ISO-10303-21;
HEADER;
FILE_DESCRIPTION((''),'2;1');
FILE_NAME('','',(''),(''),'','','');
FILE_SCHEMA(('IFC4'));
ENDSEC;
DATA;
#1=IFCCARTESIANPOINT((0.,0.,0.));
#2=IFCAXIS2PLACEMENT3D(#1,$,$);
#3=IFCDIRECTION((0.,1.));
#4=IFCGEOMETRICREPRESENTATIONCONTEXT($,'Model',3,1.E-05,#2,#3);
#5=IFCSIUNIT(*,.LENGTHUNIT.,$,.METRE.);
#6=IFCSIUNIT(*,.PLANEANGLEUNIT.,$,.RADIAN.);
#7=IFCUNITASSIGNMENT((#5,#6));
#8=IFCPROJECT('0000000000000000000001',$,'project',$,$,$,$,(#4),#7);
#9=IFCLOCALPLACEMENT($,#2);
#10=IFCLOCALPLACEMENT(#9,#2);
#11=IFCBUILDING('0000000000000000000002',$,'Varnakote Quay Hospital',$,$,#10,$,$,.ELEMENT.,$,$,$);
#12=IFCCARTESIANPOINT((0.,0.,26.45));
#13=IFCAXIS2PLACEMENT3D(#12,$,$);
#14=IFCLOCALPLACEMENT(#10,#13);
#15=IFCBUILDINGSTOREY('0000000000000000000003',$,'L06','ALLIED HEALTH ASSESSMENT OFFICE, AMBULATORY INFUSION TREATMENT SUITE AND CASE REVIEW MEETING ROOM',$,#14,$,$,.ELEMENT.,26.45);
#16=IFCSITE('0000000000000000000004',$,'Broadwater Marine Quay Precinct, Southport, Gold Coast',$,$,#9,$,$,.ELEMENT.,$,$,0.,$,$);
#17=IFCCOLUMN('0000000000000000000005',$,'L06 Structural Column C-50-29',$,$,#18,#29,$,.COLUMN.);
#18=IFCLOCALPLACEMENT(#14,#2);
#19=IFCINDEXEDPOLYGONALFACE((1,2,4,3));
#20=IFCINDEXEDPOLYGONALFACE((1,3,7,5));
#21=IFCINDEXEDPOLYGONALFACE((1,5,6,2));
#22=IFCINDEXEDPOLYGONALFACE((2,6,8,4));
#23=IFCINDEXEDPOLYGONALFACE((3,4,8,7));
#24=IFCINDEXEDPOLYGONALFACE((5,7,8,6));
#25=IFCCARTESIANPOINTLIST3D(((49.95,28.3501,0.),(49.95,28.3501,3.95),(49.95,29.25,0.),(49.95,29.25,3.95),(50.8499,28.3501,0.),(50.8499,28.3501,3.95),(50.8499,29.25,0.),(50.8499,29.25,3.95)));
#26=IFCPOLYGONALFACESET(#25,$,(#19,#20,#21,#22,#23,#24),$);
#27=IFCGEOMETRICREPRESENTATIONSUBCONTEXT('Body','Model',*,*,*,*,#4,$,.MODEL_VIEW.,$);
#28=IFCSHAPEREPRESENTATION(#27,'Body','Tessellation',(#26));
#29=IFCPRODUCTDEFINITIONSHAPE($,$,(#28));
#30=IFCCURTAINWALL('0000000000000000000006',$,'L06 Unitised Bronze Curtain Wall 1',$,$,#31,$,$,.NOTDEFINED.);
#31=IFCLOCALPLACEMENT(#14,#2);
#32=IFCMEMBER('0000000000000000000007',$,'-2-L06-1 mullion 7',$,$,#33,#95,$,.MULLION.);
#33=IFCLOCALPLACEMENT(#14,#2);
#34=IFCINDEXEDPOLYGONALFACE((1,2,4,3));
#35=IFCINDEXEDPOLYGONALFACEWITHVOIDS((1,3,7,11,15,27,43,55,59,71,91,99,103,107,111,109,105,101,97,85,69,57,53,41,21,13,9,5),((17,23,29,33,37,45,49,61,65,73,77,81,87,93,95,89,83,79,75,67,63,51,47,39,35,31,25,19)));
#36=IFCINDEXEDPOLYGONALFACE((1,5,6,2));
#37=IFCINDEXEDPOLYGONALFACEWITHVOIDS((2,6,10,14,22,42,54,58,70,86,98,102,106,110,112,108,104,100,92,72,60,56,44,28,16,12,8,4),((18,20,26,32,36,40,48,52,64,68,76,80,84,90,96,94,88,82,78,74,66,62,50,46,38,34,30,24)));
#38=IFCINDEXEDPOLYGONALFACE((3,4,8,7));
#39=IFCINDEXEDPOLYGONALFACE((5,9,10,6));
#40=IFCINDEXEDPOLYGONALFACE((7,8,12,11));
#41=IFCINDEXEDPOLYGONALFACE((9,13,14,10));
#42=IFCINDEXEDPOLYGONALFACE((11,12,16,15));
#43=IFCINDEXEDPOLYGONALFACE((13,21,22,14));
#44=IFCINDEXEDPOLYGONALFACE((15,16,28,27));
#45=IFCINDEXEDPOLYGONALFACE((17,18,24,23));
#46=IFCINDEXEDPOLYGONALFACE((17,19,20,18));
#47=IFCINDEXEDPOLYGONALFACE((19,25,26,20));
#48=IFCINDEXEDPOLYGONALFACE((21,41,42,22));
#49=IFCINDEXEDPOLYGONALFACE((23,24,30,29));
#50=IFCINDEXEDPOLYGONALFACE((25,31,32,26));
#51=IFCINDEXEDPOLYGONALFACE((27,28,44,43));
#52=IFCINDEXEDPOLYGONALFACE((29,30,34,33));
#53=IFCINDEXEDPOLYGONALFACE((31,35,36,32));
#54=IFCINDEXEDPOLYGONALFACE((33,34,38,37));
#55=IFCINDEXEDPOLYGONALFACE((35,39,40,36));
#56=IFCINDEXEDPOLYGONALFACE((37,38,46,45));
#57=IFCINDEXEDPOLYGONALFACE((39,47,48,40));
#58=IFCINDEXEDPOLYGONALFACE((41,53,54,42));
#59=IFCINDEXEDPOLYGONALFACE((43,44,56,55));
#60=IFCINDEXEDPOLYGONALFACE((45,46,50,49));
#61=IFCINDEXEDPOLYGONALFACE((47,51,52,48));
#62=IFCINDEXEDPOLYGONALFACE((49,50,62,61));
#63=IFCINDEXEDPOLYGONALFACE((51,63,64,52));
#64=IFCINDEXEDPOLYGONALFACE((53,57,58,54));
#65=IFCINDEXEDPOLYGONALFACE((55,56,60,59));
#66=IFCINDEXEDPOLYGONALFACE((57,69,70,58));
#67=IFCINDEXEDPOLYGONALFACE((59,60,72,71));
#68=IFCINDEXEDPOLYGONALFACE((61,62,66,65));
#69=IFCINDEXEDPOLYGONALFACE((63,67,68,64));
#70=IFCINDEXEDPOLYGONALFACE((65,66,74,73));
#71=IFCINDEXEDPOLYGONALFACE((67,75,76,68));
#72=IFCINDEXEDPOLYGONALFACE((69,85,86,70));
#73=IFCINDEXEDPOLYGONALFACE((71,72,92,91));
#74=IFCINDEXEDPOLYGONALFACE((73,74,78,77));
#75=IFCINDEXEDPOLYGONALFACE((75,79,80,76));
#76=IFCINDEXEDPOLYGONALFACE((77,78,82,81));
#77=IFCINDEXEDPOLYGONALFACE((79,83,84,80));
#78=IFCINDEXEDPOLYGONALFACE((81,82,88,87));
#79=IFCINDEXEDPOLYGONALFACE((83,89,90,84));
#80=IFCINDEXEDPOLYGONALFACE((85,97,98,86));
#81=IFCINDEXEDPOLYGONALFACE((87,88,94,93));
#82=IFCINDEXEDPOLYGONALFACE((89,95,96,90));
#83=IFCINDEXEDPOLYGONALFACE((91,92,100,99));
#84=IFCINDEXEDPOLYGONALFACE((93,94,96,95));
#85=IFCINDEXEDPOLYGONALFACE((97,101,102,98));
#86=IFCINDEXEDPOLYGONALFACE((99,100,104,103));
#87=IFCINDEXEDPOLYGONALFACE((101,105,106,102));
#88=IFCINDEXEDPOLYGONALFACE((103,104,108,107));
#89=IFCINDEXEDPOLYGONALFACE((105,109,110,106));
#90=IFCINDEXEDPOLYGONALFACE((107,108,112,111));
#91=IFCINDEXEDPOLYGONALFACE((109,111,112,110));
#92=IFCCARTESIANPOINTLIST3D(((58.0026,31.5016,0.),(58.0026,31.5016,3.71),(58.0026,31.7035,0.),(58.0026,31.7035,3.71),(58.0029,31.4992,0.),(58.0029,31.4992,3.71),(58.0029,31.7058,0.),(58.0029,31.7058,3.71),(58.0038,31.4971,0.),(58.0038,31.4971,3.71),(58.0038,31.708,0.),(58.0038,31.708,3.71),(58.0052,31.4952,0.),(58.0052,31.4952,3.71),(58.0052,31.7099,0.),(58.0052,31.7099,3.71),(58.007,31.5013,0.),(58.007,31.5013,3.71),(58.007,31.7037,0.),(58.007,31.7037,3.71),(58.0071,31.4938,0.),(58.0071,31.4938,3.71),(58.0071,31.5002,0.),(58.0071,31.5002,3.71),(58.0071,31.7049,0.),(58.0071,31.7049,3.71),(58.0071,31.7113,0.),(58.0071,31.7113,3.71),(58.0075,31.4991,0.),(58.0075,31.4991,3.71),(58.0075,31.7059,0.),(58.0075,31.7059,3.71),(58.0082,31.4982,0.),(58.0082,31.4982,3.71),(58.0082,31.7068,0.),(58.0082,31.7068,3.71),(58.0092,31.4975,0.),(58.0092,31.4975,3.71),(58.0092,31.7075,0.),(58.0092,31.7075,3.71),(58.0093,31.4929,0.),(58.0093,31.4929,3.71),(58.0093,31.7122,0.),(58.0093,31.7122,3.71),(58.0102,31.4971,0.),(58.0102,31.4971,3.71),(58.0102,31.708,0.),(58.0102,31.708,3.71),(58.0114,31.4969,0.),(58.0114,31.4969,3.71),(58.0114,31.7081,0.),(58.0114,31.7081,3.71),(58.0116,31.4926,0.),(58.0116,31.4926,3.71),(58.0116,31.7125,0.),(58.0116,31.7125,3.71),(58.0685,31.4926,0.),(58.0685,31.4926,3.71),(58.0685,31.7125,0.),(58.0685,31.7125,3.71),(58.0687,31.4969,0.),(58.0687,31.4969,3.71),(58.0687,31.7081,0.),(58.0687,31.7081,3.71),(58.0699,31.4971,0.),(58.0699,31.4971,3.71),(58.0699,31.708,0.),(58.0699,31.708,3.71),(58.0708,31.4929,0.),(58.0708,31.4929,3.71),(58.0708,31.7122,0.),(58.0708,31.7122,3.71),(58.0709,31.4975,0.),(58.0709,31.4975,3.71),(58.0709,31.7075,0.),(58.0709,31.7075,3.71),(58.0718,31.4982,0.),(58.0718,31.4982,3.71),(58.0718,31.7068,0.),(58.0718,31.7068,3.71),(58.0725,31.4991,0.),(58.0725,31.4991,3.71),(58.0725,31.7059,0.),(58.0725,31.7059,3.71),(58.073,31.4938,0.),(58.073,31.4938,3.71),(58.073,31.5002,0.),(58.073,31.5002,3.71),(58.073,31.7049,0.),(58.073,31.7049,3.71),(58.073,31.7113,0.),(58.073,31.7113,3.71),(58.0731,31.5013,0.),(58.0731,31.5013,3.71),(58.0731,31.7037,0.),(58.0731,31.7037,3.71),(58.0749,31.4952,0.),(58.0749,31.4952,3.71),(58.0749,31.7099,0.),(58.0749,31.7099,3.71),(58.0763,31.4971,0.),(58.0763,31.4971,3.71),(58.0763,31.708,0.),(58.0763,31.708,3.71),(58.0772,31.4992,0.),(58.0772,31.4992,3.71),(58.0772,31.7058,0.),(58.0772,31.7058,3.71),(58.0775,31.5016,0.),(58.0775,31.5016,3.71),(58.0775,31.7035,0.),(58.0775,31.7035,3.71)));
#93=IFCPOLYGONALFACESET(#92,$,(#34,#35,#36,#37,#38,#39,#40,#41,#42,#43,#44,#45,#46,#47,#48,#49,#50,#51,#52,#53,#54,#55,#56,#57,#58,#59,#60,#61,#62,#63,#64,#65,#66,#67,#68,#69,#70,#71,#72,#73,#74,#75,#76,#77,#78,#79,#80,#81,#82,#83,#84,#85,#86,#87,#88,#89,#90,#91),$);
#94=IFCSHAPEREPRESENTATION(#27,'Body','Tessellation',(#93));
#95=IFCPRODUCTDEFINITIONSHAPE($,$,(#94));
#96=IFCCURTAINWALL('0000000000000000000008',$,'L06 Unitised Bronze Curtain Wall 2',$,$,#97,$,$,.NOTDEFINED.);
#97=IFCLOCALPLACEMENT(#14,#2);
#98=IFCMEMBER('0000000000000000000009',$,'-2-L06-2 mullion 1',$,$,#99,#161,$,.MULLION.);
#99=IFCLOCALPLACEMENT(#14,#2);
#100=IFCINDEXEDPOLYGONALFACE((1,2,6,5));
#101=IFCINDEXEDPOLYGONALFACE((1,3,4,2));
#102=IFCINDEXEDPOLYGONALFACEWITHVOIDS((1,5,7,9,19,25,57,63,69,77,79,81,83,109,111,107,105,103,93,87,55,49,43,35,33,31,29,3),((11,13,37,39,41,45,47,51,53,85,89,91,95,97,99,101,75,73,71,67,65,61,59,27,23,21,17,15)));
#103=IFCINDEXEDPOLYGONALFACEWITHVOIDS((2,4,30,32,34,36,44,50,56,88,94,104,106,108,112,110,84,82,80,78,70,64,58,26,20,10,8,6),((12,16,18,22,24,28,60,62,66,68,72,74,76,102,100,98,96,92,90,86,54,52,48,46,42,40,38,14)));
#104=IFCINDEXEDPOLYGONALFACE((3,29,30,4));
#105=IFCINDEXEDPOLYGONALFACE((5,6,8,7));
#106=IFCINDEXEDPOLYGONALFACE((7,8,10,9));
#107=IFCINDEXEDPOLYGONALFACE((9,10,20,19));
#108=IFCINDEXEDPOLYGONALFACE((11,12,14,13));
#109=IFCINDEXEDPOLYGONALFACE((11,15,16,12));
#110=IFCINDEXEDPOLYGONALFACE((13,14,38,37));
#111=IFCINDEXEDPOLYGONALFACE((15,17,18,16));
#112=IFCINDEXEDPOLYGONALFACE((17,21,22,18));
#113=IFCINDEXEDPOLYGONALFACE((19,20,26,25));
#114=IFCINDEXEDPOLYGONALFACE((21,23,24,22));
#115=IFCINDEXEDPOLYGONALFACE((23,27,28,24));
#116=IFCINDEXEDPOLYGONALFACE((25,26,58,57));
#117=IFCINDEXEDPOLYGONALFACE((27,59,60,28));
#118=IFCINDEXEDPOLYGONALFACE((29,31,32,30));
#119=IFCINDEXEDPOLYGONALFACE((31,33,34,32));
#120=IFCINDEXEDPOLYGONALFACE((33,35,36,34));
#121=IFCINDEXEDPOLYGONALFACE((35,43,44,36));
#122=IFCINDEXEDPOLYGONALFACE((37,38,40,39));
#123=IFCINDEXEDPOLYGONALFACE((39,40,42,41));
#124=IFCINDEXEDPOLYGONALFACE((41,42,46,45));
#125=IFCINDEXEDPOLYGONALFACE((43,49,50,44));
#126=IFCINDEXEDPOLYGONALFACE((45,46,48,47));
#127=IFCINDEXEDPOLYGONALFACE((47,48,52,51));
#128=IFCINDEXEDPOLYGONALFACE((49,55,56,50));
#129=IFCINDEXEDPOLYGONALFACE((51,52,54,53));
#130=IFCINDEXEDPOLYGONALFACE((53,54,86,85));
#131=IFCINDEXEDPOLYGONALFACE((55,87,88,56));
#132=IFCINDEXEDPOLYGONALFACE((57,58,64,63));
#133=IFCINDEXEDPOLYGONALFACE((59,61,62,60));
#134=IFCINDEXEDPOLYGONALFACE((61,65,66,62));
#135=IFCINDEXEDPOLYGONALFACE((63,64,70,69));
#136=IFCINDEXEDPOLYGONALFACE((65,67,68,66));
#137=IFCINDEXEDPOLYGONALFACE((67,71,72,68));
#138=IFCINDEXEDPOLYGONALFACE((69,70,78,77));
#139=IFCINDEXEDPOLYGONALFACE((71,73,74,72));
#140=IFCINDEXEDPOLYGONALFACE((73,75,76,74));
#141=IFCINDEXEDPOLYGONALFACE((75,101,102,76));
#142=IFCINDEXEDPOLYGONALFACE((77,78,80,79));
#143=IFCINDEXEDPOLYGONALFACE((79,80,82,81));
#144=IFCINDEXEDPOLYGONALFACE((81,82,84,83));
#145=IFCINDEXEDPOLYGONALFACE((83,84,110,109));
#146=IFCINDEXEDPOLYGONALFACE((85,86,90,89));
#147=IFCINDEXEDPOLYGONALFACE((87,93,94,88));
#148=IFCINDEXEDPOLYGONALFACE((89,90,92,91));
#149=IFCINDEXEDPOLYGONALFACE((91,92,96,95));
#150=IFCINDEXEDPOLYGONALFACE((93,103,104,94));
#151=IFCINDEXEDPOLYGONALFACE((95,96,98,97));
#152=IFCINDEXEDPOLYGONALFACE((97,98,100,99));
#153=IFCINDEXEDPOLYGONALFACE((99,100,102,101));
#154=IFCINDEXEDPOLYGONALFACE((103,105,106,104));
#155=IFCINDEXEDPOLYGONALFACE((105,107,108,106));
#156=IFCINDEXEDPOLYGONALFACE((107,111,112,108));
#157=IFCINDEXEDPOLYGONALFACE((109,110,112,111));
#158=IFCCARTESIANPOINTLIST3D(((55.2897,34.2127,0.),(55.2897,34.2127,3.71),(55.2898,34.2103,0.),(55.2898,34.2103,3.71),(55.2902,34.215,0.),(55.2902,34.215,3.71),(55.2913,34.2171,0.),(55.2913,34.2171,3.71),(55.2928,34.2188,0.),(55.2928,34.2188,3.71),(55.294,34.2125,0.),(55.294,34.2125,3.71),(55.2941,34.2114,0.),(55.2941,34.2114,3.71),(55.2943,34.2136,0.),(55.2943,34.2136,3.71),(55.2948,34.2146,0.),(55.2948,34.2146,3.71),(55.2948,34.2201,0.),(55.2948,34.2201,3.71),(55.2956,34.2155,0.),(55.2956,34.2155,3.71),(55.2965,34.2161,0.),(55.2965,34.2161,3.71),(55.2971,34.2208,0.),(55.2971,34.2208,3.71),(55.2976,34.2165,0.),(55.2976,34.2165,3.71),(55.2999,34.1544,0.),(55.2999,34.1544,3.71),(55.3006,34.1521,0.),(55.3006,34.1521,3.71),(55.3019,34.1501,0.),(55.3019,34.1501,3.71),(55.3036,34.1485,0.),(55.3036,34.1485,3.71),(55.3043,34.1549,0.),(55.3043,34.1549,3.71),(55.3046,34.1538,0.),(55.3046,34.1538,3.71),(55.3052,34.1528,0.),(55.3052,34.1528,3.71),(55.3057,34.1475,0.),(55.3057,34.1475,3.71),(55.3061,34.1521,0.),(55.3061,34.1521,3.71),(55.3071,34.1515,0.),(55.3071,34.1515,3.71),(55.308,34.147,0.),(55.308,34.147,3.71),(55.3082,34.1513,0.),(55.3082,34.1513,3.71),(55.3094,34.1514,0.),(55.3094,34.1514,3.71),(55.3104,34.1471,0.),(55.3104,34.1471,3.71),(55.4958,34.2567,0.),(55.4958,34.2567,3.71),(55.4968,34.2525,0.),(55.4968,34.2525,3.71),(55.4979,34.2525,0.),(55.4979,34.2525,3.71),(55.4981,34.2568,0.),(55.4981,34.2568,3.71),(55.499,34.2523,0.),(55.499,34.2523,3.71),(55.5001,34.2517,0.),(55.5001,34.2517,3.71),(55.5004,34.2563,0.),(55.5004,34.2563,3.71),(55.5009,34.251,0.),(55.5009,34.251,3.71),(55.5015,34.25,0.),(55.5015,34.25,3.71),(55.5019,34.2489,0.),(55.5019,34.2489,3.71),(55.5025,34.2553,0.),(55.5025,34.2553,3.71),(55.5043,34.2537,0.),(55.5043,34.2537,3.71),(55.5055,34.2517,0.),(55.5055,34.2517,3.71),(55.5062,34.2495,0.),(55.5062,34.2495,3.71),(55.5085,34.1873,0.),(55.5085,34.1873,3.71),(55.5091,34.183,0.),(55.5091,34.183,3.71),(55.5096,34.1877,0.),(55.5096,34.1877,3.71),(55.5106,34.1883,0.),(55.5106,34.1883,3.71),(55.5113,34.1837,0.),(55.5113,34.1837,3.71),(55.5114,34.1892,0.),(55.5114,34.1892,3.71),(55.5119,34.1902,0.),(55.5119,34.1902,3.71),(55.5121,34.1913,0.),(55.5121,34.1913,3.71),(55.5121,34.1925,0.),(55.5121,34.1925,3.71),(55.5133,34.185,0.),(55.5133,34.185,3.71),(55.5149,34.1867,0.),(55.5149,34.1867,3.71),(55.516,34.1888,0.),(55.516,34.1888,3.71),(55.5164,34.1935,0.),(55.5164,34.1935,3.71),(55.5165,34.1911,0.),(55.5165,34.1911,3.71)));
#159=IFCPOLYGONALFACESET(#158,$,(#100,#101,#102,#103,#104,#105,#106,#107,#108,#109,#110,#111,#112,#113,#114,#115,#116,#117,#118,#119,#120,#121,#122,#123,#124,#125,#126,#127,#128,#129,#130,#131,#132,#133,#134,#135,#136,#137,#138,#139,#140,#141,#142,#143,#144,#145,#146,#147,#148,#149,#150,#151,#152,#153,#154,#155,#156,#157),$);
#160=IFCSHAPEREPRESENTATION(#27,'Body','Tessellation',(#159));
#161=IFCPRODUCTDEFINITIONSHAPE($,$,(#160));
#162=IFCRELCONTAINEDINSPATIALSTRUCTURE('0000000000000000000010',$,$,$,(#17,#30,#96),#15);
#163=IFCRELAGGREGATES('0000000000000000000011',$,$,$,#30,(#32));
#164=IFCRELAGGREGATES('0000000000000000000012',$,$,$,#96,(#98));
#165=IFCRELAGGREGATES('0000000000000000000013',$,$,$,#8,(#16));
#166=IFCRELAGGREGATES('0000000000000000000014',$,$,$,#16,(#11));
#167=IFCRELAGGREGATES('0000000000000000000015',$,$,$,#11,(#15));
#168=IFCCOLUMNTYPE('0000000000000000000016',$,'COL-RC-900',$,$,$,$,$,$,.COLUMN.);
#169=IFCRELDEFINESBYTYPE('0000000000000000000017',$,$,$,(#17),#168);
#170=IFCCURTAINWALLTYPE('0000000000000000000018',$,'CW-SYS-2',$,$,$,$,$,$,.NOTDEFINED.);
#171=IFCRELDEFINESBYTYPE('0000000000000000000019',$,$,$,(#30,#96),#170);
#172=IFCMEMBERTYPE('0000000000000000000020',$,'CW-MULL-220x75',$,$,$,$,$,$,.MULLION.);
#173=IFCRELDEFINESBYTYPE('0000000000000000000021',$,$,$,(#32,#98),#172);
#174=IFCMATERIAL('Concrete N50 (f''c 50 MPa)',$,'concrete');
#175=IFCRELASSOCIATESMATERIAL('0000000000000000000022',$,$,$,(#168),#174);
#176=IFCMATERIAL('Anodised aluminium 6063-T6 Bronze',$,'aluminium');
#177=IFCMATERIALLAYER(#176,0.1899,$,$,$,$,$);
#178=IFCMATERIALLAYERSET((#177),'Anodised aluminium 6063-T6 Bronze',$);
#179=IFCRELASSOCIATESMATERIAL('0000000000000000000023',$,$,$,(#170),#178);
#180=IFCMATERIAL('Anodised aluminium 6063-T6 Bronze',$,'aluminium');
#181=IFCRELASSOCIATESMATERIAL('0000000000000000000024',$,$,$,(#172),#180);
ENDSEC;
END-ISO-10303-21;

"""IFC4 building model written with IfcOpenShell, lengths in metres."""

from ifc_helpers import new_model, si_unit, direction, frame, origin, origin_2d, place, context, subcontext, project, spatial, rectangle, hollow_rectangle, extrude, material, layer, layer_set, material_profile, profile_set, type_object, element, aggregate, save


model = new_model("IFC4")

# Units and contexts
model_context = context("Model", 3, precision=1e-05, world=origin(), true_north=direction((0.0, 1.0)))
body_context = subcontext(model_context, "Body", "Model", "MODEL_VIEW")
ifc_project = project(units=[si_unit("LENGTHUNIT", "METRE"), si_unit("PLANEANGLEUNIT", "RADIAN")], contexts=[model_context])

# Site, building, storey
site_placement = place(None, origin())
site = spatial("IfcSite", under=ifc_project, at=site_placement, Name="Broadwater Marine Quay Precinct, Southport, Gold Coast", CompositionType="ELEMENT", RefElevation=0.0)
building_placement = place(site_placement, origin())
building = spatial("IfcBuilding", under=site, at=building_placement, Name="Varnakote Quay Hospital", CompositionType="ELEMENT")
storey_placement = place(building_placement, frame((0.0, 0.0, 26.45)))
storey = spatial("IfcBuildingStorey", under=building, at=storey_placement, Name="L06", Description="ALLIED HEALTH ASSESSMENT OFFICE, AMBULATORY INFUSION TREATMENT SUITE AND CASE REVIEW MEETING ROOM", CompositionType="ELEMENT", Elevation=26.45)

# Column
ifc_material_1 = material(Name="Concrete N50 (f'c 50 MPa)", Category="concrete")
ifc_material_profile_1 = material_profile(ifc_material_1, rectangle(XDim=0.8999, YDim=0.8999, at=origin_2d()), Name="RC-COL-900x900")
ifc_profile_set_1 = profile_set([ifc_material_profile_1], Name="Concrete N50 (f'c 50 MPa)")
column_type = type_object("IfcColumnType", Name="COL-RC-900", PredefinedType="COLUMN", material=ifc_profile_set_1)
column_placement = place(storey_placement, frame((50.3999, 28.8, 0.0), z_axis=(0.0, 0.0, 1.0), x_axis=(1.0, 0.0, 0.0)))
element("IfcColumn", 1, at=column_placement, inside=storey, type_object=column_type, Name="L06 Structural Column C-50-29", PredefinedType="COLUMN", context=body_context, shape_type="SweptSolid", body=[
    extrude(rectangle(XDim=0.8999, YDim=0.8999, at=origin_2d()), origin(), (0.0, 0.0, 1.0), 3.95),
])

# Curtain wall, member
ifc_material_2 = material(Name="Anodised aluminium 6063-T6 Bronze", Category="aluminium")
ifc_layer_1 = layer(ifc_material_2, 0.1899)
ifc_layer_set_1 = layer_set([ifc_layer_1], Name="Anodised aluminium 6063-T6 Bronze")
curtain_wall_type = type_object("IfcCurtainWallType", Name="CW-SYS-2", PredefinedType="NOTDEFINED", material=ifc_layer_set_1)
curtain_wall_1_placement = place(storey_placement, origin())
curtain_wall_1 = element("IfcCurtainWall", 2, at=curtain_wall_1_placement, inside=storey, type_object=curtain_wall_type, Name="L06 Unitised Bronze Curtain Wall 1", PredefinedType="NOTDEFINED")
ifc_material_3 = material(Name="Anodised aluminium 6063-T6 Bronze", Category="aluminium")
ifc_material_profile_2 = material_profile(ifc_material_3, hollow_rectangle(XDim=0.075, YDim=0.22, WallThickness=0.0044, InnerFilletRadius=0.0044, OuterFilletRadius=0.009, at=origin_2d()), Name="CW-MULL-220x75")
ifc_profile_set_2 = profile_set([ifc_material_profile_2], Name="Anodised aluminium 6063-T6 Bronze")
member_type_1 = type_object("IfcMemberType", Name="CW-MULL-220x75", PredefinedType="MULLION", material=ifc_profile_set_2)
member_1_placement = place(storey_placement, frame((58.04, 31.6025, 0.0), z_axis=(0.0, 0.0, 1.0), x_axis=(-1.0, 0.0, 0.0)))
member_1 = element("IfcMember", 3, at=member_1_placement, type_object=member_type_1, Name="-2-L06-1 mullion 7", PredefinedType="MULLION", context=body_context, shape_type="SweptSolid", body=[
    extrude(hollow_rectangle(XDim=0.075, YDim=0.22, WallThickness=0.0044, InnerFilletRadius=0.0044, OuterFilletRadius=0.009, at=origin_2d()), origin(), (0.0, 0.0, 1.0), 3.71),
])

# Curtain wall, member
curtain_wall_2_placement = place(storey_placement, origin())
curtain_wall_2 = element("IfcCurtainWall", 4, at=curtain_wall_2_placement, inside=storey, type_object=curtain_wall_type, Name="L06 Unitised Bronze Curtain Wall 2", PredefinedType="NOTDEFINED")
member_2_placement = place(storey_placement, frame((55.4031, 34.2019, 0.0), z_axis=(0.0, 0.0, 1.0), x_axis=(0.177846, -0.984058, 0.0)))
member_2 = element("IfcMember", 5, at=member_2_placement, type_object=member_type_1, Name="-2-L06-2 mullion 1", PredefinedType="MULLION", context=body_context, shape_type="SweptSolid", body=[
    extrude(hollow_rectangle(XDim=0.075, YDim=0.22, WallThickness=0.0044, InnerFilletRadius=0.0044, OuterFilletRadius=0.009, at=origin_2d()), origin(), (0.0, 0.0, 1.0), 3.71),
])

aggregate(curtain_wall_1, [member_1])
aggregate(curtain_wall_2, [member_2])

save(model, "model.ifc")
